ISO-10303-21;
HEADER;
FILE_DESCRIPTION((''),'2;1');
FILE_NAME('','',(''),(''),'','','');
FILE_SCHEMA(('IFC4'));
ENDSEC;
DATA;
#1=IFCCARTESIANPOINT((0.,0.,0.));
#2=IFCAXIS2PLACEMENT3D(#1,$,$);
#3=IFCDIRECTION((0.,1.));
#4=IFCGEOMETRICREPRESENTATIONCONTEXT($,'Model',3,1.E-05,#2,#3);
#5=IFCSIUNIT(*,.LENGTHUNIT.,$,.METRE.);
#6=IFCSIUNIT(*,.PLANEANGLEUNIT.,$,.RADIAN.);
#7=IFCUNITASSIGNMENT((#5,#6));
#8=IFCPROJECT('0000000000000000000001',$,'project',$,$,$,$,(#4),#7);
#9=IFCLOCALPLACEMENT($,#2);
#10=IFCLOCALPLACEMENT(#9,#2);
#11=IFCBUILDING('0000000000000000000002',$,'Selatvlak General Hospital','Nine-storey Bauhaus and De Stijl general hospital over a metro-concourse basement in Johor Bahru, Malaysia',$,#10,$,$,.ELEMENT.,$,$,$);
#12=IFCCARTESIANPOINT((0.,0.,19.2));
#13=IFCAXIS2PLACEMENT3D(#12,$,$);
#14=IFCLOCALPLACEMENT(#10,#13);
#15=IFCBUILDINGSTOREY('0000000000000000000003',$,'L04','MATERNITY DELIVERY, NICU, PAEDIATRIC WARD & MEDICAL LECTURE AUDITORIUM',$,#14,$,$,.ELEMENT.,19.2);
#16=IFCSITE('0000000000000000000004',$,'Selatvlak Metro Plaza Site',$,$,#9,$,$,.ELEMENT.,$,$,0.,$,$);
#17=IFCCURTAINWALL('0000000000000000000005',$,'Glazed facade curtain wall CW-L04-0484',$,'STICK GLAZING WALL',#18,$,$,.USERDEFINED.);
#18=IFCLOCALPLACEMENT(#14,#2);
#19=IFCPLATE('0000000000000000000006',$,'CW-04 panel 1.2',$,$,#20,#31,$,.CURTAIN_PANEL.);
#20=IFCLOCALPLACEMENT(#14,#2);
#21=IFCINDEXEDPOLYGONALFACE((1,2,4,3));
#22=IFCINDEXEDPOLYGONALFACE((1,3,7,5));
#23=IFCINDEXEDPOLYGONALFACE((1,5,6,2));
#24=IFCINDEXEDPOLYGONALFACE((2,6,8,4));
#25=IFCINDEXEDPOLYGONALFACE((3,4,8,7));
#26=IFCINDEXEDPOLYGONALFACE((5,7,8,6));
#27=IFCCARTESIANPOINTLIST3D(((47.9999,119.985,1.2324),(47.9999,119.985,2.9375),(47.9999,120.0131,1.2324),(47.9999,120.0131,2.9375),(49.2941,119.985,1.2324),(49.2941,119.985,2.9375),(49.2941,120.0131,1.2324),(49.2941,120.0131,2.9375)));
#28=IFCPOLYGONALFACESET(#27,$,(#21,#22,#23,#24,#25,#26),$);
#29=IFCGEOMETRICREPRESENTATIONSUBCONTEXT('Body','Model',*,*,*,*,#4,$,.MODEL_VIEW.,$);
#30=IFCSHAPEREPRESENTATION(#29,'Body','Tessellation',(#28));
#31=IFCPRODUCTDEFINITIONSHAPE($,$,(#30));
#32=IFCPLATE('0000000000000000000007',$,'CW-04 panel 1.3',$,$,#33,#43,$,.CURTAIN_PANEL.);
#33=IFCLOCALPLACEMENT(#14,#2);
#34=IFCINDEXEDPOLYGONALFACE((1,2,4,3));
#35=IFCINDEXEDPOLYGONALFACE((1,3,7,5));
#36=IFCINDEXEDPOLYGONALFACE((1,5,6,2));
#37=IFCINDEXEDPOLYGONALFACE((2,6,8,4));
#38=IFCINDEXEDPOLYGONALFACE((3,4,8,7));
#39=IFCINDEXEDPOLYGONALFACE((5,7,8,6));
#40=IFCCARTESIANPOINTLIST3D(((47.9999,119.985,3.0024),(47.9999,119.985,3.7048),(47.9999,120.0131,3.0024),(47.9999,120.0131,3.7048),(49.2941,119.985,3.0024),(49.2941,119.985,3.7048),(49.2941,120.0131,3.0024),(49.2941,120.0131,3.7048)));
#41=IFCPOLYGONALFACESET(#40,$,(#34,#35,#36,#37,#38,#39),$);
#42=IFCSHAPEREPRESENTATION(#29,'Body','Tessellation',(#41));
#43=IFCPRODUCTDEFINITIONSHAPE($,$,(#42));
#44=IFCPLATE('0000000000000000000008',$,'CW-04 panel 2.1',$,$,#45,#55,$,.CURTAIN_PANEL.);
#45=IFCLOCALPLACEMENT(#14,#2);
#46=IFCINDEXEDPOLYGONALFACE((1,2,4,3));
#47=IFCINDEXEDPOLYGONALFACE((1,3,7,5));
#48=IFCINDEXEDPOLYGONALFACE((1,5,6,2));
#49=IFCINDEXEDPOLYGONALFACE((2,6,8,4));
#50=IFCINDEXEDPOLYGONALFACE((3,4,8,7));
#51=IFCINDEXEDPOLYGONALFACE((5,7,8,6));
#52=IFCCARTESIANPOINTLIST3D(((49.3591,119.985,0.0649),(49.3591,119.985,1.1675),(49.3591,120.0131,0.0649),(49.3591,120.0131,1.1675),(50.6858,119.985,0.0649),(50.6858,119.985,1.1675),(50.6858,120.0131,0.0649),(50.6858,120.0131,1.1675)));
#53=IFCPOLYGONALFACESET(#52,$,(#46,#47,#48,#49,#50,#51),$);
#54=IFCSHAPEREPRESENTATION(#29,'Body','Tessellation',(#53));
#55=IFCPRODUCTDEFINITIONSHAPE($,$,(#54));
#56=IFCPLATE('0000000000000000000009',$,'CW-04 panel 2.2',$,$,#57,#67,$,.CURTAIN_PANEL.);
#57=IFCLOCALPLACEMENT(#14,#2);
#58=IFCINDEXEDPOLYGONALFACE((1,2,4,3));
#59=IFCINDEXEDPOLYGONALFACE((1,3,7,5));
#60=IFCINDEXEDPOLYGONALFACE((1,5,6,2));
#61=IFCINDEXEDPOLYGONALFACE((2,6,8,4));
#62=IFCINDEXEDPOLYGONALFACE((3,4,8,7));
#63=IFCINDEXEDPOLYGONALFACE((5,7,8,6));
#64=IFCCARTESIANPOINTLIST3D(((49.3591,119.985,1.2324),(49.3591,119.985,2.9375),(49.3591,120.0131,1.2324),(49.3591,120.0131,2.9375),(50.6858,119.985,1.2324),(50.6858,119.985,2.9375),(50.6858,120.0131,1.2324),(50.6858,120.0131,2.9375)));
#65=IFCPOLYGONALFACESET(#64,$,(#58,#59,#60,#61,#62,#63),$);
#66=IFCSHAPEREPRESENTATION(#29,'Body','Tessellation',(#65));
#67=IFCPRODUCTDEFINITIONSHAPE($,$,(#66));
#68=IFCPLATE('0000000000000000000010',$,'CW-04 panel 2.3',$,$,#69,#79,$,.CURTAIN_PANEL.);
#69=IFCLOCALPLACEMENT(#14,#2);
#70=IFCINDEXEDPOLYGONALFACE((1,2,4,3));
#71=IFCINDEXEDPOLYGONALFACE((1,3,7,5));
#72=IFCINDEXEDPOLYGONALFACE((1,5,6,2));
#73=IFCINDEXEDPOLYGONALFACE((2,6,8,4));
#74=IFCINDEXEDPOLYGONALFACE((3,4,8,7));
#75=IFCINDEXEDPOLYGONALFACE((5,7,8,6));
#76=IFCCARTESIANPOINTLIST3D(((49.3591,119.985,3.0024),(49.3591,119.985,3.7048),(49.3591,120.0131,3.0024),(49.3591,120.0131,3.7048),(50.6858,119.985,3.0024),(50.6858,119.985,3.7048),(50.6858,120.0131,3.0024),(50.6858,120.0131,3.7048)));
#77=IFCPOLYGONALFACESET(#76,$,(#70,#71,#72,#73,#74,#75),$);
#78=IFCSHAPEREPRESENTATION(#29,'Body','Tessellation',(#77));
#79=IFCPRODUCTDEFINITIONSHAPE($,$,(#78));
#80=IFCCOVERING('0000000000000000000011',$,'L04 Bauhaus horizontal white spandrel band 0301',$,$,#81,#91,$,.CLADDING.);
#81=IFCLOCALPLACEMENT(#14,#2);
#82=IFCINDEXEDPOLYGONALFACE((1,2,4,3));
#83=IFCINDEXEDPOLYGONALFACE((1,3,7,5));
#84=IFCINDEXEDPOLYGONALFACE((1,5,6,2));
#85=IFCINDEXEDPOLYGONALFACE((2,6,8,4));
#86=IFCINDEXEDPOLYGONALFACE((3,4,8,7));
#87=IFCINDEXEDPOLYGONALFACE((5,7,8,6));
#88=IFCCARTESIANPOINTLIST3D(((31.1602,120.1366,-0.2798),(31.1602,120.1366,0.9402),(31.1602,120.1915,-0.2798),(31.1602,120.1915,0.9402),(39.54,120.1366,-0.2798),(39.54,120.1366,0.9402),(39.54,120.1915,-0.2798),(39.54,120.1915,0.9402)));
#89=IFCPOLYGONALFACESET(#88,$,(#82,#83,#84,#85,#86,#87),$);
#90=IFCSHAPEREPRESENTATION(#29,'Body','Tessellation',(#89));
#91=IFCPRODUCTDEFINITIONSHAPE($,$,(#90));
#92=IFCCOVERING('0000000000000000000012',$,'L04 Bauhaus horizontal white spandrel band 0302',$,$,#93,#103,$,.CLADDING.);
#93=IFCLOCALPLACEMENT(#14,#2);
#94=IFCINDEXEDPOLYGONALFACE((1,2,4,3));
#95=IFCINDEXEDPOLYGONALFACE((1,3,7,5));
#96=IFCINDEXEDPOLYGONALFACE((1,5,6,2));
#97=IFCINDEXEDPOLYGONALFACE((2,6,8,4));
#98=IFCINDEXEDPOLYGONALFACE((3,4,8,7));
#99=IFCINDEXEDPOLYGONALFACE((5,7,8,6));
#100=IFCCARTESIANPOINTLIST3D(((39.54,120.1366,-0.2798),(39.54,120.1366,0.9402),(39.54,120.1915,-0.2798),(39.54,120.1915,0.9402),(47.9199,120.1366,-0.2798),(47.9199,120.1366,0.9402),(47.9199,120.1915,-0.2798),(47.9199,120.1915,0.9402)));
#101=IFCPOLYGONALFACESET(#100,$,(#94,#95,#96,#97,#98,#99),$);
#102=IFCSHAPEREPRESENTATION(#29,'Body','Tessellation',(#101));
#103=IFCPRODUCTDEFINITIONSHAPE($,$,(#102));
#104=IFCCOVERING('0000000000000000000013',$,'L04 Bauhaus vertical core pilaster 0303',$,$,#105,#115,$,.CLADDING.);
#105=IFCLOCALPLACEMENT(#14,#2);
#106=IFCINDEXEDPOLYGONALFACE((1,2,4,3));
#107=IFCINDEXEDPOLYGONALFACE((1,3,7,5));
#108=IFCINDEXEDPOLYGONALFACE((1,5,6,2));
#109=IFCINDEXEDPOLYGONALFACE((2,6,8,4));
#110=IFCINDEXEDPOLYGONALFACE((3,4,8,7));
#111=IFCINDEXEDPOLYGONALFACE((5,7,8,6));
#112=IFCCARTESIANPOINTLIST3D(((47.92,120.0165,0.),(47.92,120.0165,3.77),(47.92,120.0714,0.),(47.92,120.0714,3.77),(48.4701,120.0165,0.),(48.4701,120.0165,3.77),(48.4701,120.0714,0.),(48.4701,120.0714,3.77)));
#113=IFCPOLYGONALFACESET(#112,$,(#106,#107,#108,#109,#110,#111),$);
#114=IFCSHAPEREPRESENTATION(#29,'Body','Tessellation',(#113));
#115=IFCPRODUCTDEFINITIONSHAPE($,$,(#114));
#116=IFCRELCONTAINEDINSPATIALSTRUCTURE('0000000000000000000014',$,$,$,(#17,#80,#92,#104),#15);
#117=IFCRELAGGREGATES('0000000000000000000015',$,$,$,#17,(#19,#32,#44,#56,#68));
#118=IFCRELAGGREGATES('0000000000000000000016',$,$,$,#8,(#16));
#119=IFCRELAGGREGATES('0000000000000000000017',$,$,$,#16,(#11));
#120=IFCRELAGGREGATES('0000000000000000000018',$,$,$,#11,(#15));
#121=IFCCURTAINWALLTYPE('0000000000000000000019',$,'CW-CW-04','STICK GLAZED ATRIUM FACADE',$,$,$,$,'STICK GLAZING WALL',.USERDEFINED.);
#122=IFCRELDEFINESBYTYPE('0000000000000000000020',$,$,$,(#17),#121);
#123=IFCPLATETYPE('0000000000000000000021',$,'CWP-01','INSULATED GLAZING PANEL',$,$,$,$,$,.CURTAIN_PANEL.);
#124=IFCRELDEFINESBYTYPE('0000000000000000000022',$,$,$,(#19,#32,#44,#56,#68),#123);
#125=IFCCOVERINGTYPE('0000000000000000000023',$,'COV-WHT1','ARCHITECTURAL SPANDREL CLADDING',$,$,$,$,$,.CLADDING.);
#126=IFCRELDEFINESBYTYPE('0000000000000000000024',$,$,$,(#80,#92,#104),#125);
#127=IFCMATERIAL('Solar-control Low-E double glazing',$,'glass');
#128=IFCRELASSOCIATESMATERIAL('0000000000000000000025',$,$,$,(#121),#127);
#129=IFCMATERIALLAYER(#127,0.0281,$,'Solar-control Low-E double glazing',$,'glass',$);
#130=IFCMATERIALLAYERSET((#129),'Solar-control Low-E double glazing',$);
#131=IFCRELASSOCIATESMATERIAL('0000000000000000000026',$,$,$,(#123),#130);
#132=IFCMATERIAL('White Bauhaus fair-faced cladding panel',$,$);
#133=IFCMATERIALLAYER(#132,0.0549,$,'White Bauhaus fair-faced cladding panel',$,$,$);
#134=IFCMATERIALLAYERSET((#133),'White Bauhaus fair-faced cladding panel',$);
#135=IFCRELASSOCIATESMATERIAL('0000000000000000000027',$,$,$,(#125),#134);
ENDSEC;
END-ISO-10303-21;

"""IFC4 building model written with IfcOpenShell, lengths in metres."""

from ifc_helpers import new_model, si_unit, direction, frame, origin, origin_2d, place, context, subcontext, project, spatial, rectangle, extrude, material, layer, layer_set, type_object, element, aggregate, save


model = new_model("IFC4")

# Units and contexts
model_context = context("Model", 3, precision=1e-05, world=origin(), true_north=direction((0.0, 1.0)))
body_context = subcontext(model_context, "Body", "Model", "MODEL_VIEW")
ifc_project = project(units=[si_unit("LENGTHUNIT", "METRE"), si_unit("PLANEANGLEUNIT", "RADIAN")], contexts=[model_context])

# Site, building, storey
site_placement = place(None, origin())
site = spatial("IfcSite", under=ifc_project, at=site_placement, Name="Selatvlak Metro Plaza Site", CompositionType="ELEMENT", RefElevation=0.0)
building_placement = place(site_placement, origin())
building = spatial("IfcBuilding", under=site, at=building_placement, Name="Selatvlak General Hospital", Description="Nine-storey Bauhaus and De Stijl general hospital over a metro-concourse basement in Johor Bahru, Malaysia", CompositionType="ELEMENT")
storey_placement = place(building_placement, frame((0.0, 0.0, 19.2)))
storey = spatial("IfcBuildingStorey", under=building, at=storey_placement, Name="L04", Description="MATERNITY DELIVERY, NICU, PAEDIATRIC WARD & MEDICAL LECTURE AUDITORIUM", CompositionType="ELEMENT", Elevation=19.2)

# Curtain wall
ifc_material_1 = material(Name="Solar-control Low-E double glazing", Category="glass")
curtain_wall_type_1 = type_object("IfcCurtainWallType", Name="CW-CW-04", Description="STICK GLAZED ATRIUM FACADE", ElementType="STICK GLAZING WALL", PredefinedType="USERDEFINED", material=ifc_material_1)
curtain_wall_1_placement = place(storey_placement, origin())
curtain_wall_1 = element("IfcCurtainWall", 1, at=curtain_wall_1_placement, inside=storey, type_object=curtain_wall_type_1, Name="Glazed facade curtain wall CW-L04-0484", ObjectType="STICK GLAZING WALL", PredefinedType="USERDEFINED")

# Plates
ifc_layer_1 = layer(ifc_material_1, 0.0281, Name="Solar-control Low-E double glazing", Category="glass")
ifc_layer_set_1 = layer_set([ifc_layer_1], Name="Solar-control Low-E double glazing")
plate_type = type_object("IfcPlateType", Name="CWP-01", Description="INSULATED GLAZING PANEL", PredefinedType="CURTAIN_PANEL", material=ifc_layer_set_1)
plate_1_placement = place(storey_placement, frame((48.647, 119.999, 1.2324), z_axis=(0.0, 0.0, 1.0), x_axis=(1.0, 0.0, 0.0)))
plate_1 = element("IfcPlate", 2, at=plate_1_placement, type_object=plate_type, Name="CW-04 panel 1.2", PredefinedType="CURTAIN_PANEL", context=body_context, shape_type="SweptSolid", body=[
    extrude(rectangle(XDim=1.2942, YDim=0.0281, at=origin_2d()), origin(), (0.0, 0.0, 1.0), 1.7051),
])
plate_2_placement = place(storey_placement, frame((48.647, 119.999, 3.0024), z_axis=(0.0, 0.0, 1.0), x_axis=(1.0, 0.0, 0.0)))
plate_2 = element("IfcPlate", 3, at=plate_2_placement, type_object=plate_type, Name="CW-04 panel 1.3", PredefinedType="CURTAIN_PANEL", context=body_context, shape_type="SweptSolid", body=[
    extrude(rectangle(XDim=1.2942, YDim=0.0281, at=origin_2d()), origin(), (0.0, 0.0, 1.0), 0.7024),
])
plate_3_placement = place(storey_placement, frame((50.0225, 119.999, 0.0649), z_axis=(0.0, 0.0, 1.0), x_axis=(1.0, 0.0, 0.0)))
plate_3 = element("IfcPlate", 4, at=plate_3_placement, type_object=plate_type, Name="CW-04 panel 2.1", PredefinedType="CURTAIN_PANEL", context=body_context, shape_type="SweptSolid", body=[
    extrude(rectangle(XDim=1.3267, YDim=0.0281, at=origin_2d()), origin(), (0.0, 0.0, 1.0), 1.1025),
])
plate_4_placement = place(storey_placement, frame((50.0225, 119.999, 1.2324), z_axis=(0.0, 0.0, 1.0), x_axis=(1.0, 0.0, 0.0)))
plate_4 = element("IfcPlate", 5, at=plate_4_placement, type_object=plate_type, Name="CW-04 panel 2.2", PredefinedType="CURTAIN_PANEL", context=body_context, shape_type="SweptSolid", body=[
    extrude(rectangle(XDim=1.3267, YDim=0.0281, at=origin_2d()), origin(), (0.0, 0.0, 1.0), 1.7051),
])
plate_5_placement = place(storey_placement, frame((50.0225, 119.999, 3.0024), z_axis=(0.0, 0.0, 1.0), x_axis=(1.0, 0.0, 0.0)))
plate_5 = element("IfcPlate", 6, at=plate_5_placement, type_object=plate_type, Name="CW-04 panel 2.3", PredefinedType="CURTAIN_PANEL", context=body_context, shape_type="SweptSolid", body=[
    extrude(rectangle(XDim=1.3267, YDim=0.0281, at=origin_2d()), origin(), (0.0, 0.0, 1.0), 0.7024),
])
aggregate(curtain_wall_1, [plate_1, plate_2, plate_3, plate_4, plate_5])

# Coverings
ifc_material_2 = material(Name="White Bauhaus fair-faced cladding panel")
ifc_layer_2 = layer(ifc_material_2, 0.0549, Name="White Bauhaus fair-faced cladding panel")
ifc_layer_set_2 = layer_set([ifc_layer_2], Name="White Bauhaus fair-faced cladding panel")
covering_type = type_object("IfcCoveringType", Name="COV-WHT1", Description="ARCHITECTURAL SPANDREL CLADDING", PredefinedType="CLADDING", material=ifc_layer_set_2)
for number, where, z_axis, x_axis, name in (
    (7, (35.3501, 120.1641, -0.2798), (0.0, 0.0, 1.0), (1.0, 0.0, 0.0), "L04 Bauhaus horizontal white spandrel band 0301"),
    (8, (43.73, 120.1641, -0.2798), (0.0, 0.0, 1.0), (1.0, 0.0, 0.0), "L04 Bauhaus horizontal white spandrel band 0302"),
):
    element("IfcCovering", number, at=place(storey_placement, frame(where, z_axis=z_axis, x_axis=x_axis)), inside=storey, type_object=covering_type, Name=name, PredefinedType="CLADDING", context=body_context, shape_type="SweptSolid", body=[
        extrude(rectangle(XDim=8.3799, YDim=0.0549, at=origin_2d()), origin(), (0.0, 0.0, 1.0), 1.22),
    ])
covering_placement = place(storey_placement, frame((48.1951, 120.0439, 0.0), z_axis=(0.0, 0.0, 1.0), x_axis=(1.0, 0.0, 0.0)))
element("IfcCovering", 9, at=covering_placement, inside=storey, type_object=covering_type, Name="L04 Bauhaus vertical core pilaster 0303", PredefinedType="CLADDING", context=body_context, shape_type="SweptSolid", body=[
    extrude(rectangle(XDim=0.55, YDim=0.0549, at=origin_2d()), origin(), (0.0, 0.0, 1.0), 3.77),
])

save(model, "model.ifc")
